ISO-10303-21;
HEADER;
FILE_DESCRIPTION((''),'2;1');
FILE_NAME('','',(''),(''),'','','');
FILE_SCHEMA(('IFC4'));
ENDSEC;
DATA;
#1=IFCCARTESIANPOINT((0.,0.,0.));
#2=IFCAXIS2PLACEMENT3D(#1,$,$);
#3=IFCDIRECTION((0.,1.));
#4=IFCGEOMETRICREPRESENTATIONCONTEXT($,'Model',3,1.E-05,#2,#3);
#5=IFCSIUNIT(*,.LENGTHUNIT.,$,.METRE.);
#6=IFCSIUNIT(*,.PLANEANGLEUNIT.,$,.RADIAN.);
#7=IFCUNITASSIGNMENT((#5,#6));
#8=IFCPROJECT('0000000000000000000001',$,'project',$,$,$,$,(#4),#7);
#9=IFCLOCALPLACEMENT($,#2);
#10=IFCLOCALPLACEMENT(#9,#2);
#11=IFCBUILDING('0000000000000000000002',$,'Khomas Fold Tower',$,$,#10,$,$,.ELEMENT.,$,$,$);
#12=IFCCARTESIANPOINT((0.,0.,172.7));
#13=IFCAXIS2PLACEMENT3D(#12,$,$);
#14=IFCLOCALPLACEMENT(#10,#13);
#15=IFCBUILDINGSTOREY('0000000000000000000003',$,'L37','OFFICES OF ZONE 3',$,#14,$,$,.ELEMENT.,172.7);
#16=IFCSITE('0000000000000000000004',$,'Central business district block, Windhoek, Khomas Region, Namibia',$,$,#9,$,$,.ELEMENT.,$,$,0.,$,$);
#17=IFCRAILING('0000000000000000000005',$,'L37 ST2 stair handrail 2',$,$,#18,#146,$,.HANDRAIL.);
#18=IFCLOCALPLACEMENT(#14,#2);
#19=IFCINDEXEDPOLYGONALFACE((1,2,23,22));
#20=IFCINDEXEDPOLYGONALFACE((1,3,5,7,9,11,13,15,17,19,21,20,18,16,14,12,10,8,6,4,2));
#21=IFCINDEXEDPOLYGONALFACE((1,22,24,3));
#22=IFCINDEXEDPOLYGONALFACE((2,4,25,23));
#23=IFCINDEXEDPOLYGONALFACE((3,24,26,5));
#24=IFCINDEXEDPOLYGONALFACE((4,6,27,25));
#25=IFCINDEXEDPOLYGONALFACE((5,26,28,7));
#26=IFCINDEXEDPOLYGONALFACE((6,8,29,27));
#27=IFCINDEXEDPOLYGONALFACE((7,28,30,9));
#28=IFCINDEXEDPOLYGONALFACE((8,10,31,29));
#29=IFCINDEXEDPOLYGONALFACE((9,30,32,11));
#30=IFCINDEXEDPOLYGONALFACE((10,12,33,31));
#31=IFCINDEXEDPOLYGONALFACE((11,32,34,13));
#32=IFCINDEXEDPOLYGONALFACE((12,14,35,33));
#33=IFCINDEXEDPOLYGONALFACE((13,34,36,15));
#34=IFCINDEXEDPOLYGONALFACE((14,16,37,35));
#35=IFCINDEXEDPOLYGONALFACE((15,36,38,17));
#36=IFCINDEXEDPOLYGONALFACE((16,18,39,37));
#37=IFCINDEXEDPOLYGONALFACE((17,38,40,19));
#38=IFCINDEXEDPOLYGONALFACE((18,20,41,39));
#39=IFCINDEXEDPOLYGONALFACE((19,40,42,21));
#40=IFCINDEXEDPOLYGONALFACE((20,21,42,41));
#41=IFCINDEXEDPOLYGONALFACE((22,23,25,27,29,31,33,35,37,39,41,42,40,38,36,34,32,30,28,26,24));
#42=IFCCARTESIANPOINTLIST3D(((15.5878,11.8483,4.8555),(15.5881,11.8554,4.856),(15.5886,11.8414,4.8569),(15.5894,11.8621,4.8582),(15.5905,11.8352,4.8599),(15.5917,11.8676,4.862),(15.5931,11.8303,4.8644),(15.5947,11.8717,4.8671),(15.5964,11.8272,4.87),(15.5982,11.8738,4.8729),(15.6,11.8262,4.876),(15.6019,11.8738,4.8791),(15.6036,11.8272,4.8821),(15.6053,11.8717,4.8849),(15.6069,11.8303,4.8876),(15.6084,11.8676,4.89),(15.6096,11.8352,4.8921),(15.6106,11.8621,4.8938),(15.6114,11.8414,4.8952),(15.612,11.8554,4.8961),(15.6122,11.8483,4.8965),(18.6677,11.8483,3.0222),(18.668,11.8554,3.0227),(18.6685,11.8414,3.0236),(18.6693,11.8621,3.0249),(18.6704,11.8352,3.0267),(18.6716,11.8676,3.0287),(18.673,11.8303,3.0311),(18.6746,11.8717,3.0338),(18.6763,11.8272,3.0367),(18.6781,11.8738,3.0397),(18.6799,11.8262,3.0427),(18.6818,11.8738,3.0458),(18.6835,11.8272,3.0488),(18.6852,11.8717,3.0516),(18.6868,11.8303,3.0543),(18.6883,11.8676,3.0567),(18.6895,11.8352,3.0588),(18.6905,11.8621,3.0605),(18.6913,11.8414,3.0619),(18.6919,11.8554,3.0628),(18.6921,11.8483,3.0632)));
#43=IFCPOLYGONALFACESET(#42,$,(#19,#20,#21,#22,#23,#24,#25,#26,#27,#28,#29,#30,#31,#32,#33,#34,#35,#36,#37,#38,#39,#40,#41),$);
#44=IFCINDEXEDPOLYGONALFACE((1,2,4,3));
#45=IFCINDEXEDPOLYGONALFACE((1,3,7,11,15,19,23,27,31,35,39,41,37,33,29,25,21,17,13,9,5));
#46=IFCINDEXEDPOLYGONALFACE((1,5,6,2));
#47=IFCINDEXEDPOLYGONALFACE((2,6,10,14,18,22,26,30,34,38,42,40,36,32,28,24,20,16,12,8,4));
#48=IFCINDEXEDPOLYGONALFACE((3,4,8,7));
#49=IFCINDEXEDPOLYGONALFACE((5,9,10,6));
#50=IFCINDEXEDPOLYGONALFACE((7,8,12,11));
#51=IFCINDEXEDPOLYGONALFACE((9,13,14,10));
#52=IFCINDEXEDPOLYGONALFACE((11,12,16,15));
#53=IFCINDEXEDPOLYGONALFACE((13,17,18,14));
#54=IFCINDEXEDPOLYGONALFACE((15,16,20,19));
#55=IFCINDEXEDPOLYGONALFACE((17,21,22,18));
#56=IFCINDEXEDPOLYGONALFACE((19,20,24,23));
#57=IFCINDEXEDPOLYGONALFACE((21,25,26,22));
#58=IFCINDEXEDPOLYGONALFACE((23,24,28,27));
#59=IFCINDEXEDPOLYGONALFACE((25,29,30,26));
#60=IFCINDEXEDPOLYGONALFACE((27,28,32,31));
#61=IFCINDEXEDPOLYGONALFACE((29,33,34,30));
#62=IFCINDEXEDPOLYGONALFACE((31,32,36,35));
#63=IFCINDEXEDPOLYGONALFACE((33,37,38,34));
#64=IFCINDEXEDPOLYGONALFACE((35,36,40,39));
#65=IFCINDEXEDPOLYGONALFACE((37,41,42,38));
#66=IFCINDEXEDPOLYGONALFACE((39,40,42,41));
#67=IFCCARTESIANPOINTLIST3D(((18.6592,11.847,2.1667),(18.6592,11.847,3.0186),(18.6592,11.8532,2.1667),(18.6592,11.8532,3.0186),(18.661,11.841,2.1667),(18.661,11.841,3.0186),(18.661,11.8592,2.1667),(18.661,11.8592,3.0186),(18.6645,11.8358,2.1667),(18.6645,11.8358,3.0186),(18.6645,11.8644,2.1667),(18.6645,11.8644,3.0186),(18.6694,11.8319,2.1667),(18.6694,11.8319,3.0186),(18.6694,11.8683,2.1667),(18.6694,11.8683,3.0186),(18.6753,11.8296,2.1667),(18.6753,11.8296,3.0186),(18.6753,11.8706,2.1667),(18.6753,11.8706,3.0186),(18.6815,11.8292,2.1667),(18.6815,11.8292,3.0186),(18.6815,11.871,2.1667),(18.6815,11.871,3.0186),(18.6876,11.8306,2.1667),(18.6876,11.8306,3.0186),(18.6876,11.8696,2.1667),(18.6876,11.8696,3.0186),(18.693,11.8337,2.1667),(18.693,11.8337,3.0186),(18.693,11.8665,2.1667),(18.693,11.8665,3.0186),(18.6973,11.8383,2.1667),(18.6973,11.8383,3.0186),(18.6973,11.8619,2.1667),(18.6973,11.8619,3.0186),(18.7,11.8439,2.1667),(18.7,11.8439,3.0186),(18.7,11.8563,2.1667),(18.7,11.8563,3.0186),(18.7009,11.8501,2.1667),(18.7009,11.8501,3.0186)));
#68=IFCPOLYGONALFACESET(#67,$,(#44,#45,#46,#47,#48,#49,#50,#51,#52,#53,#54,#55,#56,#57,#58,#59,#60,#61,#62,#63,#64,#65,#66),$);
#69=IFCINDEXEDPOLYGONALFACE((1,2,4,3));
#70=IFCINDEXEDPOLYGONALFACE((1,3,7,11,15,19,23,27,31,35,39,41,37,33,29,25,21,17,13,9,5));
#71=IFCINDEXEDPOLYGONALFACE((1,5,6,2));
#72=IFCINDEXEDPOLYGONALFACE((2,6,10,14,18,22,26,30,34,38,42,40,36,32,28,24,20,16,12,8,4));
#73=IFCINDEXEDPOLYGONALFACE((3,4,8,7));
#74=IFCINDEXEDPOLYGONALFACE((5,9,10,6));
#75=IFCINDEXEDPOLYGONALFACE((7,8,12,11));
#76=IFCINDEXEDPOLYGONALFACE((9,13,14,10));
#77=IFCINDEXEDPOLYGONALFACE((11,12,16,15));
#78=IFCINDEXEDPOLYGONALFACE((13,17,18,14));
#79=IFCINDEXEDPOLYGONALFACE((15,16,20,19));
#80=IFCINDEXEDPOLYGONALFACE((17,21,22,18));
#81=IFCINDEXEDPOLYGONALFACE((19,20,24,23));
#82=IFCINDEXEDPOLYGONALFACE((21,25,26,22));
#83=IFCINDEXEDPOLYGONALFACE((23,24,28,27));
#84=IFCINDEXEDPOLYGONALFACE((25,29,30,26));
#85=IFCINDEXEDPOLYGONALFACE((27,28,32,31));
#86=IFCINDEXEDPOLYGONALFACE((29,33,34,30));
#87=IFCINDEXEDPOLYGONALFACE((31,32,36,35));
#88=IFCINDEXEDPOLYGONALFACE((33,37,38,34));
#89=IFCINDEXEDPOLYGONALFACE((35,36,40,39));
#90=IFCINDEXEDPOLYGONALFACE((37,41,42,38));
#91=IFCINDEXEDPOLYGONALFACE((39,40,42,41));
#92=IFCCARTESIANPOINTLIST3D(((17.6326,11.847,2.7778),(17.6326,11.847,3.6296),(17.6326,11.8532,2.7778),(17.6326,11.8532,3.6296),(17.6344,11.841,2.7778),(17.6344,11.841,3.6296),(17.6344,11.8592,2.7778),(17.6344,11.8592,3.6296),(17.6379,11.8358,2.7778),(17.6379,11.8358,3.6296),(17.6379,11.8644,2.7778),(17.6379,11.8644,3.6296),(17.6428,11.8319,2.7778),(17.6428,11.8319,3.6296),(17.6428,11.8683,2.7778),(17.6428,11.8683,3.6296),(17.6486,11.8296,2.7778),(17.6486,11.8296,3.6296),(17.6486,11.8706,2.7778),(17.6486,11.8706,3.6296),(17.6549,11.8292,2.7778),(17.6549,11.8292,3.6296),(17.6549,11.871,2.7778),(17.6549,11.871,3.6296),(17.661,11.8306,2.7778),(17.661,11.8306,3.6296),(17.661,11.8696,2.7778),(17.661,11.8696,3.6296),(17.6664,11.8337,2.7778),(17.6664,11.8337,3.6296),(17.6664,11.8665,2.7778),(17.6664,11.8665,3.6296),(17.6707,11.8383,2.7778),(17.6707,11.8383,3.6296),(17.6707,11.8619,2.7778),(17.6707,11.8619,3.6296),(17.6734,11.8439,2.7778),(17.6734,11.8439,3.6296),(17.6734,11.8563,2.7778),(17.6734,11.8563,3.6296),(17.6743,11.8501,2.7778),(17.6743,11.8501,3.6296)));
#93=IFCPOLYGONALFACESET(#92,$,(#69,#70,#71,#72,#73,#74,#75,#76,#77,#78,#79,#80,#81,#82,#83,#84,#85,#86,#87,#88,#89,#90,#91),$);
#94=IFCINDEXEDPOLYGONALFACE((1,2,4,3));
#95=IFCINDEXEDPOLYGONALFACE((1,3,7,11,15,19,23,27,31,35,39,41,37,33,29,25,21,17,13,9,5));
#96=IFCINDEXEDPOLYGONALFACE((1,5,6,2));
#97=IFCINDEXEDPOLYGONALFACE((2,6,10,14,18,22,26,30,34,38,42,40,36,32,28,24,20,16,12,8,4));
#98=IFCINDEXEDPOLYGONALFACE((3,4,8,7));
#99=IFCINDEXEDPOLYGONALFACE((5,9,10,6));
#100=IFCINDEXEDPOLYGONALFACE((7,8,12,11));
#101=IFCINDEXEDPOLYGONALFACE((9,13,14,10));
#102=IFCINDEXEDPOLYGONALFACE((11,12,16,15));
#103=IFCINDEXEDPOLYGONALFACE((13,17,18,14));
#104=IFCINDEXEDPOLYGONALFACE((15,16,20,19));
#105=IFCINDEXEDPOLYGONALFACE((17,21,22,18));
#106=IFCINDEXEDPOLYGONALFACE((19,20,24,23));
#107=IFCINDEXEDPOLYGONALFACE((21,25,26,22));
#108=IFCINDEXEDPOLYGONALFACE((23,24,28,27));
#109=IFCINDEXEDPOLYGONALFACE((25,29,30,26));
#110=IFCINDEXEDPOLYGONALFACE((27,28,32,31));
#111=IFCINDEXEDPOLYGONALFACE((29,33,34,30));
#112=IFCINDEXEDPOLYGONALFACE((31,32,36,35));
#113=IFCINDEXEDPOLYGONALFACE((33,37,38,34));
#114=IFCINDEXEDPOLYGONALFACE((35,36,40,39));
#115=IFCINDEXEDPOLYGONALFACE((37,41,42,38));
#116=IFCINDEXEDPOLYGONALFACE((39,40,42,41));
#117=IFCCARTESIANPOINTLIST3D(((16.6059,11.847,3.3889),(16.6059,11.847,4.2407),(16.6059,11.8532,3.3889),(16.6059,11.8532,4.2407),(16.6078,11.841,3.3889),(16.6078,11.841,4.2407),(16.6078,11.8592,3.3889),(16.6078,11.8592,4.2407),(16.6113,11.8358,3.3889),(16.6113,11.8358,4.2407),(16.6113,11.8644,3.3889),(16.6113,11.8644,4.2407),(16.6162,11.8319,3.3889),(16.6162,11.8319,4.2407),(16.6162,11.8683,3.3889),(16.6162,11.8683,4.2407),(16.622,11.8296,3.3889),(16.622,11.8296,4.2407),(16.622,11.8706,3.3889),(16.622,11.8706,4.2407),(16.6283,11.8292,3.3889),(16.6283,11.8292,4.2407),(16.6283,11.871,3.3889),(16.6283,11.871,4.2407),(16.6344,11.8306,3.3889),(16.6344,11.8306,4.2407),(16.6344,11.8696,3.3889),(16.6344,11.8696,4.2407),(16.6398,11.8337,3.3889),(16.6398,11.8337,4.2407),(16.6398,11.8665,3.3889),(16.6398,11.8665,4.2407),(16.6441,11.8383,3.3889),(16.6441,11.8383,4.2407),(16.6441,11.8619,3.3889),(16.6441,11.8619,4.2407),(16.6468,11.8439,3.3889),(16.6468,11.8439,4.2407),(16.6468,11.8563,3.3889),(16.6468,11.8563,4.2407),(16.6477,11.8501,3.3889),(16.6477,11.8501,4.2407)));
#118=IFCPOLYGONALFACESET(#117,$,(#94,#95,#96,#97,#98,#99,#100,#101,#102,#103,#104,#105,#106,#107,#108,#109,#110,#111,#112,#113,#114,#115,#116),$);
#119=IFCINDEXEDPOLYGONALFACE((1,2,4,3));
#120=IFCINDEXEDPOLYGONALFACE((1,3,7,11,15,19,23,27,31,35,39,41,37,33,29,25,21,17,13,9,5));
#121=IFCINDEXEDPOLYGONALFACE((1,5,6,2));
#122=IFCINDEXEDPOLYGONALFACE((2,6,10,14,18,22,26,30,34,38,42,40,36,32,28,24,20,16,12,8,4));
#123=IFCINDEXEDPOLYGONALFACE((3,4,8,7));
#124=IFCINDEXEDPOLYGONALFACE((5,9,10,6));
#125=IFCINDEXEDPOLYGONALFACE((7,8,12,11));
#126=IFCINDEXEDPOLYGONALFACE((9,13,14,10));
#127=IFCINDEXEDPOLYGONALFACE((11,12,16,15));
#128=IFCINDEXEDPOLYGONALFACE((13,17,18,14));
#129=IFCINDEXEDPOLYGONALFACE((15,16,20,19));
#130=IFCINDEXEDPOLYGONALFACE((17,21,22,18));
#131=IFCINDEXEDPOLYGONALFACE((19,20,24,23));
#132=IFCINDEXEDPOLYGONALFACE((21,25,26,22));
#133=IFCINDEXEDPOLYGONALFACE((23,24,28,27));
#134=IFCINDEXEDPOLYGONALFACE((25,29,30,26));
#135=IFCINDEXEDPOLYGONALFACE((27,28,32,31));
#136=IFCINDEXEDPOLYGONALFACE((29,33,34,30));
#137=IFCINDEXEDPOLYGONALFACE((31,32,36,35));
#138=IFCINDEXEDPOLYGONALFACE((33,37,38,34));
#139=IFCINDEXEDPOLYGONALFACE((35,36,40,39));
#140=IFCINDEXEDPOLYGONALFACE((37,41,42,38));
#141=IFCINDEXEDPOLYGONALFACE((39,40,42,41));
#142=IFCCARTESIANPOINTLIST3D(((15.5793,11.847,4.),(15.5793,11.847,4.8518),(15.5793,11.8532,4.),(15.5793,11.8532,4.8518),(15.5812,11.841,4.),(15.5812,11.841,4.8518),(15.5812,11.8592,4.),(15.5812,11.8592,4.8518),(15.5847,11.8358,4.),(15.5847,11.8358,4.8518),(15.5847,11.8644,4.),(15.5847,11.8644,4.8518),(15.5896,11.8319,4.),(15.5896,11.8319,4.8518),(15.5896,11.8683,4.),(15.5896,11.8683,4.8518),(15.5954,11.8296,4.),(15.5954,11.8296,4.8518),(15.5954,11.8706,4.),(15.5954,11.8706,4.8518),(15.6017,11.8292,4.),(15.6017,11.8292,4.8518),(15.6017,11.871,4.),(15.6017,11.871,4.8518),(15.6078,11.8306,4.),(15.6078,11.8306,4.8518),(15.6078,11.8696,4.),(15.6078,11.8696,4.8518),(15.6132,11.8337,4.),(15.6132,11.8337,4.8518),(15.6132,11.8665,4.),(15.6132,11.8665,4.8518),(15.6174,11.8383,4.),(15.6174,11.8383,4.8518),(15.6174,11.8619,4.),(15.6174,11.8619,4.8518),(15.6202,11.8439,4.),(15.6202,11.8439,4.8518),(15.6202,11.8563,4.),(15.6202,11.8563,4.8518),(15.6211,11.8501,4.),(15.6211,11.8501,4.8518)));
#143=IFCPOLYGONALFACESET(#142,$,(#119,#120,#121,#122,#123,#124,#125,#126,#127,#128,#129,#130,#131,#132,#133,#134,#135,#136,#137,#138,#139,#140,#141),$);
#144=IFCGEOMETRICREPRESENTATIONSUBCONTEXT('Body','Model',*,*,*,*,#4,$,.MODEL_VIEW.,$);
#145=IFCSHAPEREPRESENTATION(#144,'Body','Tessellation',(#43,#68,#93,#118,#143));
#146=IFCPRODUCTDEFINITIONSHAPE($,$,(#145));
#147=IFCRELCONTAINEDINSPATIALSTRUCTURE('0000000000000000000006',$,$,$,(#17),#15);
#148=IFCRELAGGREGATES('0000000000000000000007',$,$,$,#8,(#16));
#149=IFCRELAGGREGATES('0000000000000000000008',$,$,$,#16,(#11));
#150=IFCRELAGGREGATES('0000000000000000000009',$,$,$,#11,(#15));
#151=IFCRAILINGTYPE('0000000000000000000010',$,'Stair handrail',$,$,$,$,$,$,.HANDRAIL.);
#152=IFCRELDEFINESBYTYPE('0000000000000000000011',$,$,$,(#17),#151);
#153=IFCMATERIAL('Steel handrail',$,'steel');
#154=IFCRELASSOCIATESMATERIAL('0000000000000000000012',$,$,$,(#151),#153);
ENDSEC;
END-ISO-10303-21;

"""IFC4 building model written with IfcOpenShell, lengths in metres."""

from ifc_helpers import new_model, si_unit, direction, frame, origin, origin_2d, place, context, subcontext, project, spatial, circle, extrude, source, transform, mapped, material, type_object, element, save


model = new_model("IFC4")

# Units and contexts
model_context = context("Model", 3, precision=1e-05, world=origin(), true_north=direction((0.0, 1.0)))
body_context = subcontext(model_context, "Body", "Model", "MODEL_VIEW")
ifc_project = project(units=[si_unit("LENGTHUNIT", "METRE"), si_unit("PLANEANGLEUNIT", "RADIAN")], contexts=[model_context])

# Site, building, storey
site_placement = place(None, origin())
site = spatial("IfcSite", under=ifc_project, at=site_placement, Name="Central business district block, Windhoek, Khomas Region, Namibia", CompositionType="ELEMENT", RefElevation=0.0)
building_placement = place(site_placement, origin())
building = spatial("IfcBuilding", under=site, at=building_placement, Name="Khomas Fold Tower", CompositionType="ELEMENT")
storey_placement = place(building_placement, frame((0.0, 0.0, 172.7)))
storey = spatial("IfcBuildingStorey", under=building, at=storey_placement, Name="L37", Description="OFFICES OF ZONE 3", CompositionType="ELEMENT", Elevation=172.7)

# Railing
ifc_material_1 = material(Name="Steel handrail", Category="steel")
railing_type_1 = type_object("IfcRailingType", Name="Stair handrail", PredefinedType="HANDRAIL", material=ifc_material_1)
shared_shape_1 = source(origin(), body_context, "Body", "SweptSolid", [
    extrude(circle(Radius=0.0239, at=origin_2d()), frame((0.0, 0.0, 0.876), z_axis=(-0.859291, 0.0, 0.511487), x_axis=(0.0, -1.0, 0.0)), (0.0, 0.0, 1.0), 3.5842),
    extrude(circle(Radius=0.021, at=origin_2d()), origin(), (0.0, 0.0, 1.0), 0.8518),
    extrude(circle(Radius=0.021, at=origin_2d()), frame((-1.0266, 0.0, 0.6111)), (0.0, 0.0, 1.0), 0.8518),
    extrude(circle(Radius=0.021, at=origin_2d()), frame((-2.0532, 0.0, 1.2222)), (0.0, 0.0, 1.0), 0.8518),
    extrude(circle(Radius=0.021, at=origin_2d()), frame((-3.0798, 0.0, 1.8333)), (0.0, 0.0, 1.0), 0.8518),
])
railing_1_placement = place(storey_placement, frame((18.6799, 11.8501, 2.1667)))
element("IfcRailing", 1, at=railing_1_placement, inside=storey, type_object=railing_type_1, Name="L37 ST2 stair handrail 2", PredefinedType="HANDRAIL", context=body_context, shape_type="MappedRepresentation", body=[
    mapped(shared_shape_1, transform((0.0, 0.0, 0.0))),
])

save(model, "model.ifc")
